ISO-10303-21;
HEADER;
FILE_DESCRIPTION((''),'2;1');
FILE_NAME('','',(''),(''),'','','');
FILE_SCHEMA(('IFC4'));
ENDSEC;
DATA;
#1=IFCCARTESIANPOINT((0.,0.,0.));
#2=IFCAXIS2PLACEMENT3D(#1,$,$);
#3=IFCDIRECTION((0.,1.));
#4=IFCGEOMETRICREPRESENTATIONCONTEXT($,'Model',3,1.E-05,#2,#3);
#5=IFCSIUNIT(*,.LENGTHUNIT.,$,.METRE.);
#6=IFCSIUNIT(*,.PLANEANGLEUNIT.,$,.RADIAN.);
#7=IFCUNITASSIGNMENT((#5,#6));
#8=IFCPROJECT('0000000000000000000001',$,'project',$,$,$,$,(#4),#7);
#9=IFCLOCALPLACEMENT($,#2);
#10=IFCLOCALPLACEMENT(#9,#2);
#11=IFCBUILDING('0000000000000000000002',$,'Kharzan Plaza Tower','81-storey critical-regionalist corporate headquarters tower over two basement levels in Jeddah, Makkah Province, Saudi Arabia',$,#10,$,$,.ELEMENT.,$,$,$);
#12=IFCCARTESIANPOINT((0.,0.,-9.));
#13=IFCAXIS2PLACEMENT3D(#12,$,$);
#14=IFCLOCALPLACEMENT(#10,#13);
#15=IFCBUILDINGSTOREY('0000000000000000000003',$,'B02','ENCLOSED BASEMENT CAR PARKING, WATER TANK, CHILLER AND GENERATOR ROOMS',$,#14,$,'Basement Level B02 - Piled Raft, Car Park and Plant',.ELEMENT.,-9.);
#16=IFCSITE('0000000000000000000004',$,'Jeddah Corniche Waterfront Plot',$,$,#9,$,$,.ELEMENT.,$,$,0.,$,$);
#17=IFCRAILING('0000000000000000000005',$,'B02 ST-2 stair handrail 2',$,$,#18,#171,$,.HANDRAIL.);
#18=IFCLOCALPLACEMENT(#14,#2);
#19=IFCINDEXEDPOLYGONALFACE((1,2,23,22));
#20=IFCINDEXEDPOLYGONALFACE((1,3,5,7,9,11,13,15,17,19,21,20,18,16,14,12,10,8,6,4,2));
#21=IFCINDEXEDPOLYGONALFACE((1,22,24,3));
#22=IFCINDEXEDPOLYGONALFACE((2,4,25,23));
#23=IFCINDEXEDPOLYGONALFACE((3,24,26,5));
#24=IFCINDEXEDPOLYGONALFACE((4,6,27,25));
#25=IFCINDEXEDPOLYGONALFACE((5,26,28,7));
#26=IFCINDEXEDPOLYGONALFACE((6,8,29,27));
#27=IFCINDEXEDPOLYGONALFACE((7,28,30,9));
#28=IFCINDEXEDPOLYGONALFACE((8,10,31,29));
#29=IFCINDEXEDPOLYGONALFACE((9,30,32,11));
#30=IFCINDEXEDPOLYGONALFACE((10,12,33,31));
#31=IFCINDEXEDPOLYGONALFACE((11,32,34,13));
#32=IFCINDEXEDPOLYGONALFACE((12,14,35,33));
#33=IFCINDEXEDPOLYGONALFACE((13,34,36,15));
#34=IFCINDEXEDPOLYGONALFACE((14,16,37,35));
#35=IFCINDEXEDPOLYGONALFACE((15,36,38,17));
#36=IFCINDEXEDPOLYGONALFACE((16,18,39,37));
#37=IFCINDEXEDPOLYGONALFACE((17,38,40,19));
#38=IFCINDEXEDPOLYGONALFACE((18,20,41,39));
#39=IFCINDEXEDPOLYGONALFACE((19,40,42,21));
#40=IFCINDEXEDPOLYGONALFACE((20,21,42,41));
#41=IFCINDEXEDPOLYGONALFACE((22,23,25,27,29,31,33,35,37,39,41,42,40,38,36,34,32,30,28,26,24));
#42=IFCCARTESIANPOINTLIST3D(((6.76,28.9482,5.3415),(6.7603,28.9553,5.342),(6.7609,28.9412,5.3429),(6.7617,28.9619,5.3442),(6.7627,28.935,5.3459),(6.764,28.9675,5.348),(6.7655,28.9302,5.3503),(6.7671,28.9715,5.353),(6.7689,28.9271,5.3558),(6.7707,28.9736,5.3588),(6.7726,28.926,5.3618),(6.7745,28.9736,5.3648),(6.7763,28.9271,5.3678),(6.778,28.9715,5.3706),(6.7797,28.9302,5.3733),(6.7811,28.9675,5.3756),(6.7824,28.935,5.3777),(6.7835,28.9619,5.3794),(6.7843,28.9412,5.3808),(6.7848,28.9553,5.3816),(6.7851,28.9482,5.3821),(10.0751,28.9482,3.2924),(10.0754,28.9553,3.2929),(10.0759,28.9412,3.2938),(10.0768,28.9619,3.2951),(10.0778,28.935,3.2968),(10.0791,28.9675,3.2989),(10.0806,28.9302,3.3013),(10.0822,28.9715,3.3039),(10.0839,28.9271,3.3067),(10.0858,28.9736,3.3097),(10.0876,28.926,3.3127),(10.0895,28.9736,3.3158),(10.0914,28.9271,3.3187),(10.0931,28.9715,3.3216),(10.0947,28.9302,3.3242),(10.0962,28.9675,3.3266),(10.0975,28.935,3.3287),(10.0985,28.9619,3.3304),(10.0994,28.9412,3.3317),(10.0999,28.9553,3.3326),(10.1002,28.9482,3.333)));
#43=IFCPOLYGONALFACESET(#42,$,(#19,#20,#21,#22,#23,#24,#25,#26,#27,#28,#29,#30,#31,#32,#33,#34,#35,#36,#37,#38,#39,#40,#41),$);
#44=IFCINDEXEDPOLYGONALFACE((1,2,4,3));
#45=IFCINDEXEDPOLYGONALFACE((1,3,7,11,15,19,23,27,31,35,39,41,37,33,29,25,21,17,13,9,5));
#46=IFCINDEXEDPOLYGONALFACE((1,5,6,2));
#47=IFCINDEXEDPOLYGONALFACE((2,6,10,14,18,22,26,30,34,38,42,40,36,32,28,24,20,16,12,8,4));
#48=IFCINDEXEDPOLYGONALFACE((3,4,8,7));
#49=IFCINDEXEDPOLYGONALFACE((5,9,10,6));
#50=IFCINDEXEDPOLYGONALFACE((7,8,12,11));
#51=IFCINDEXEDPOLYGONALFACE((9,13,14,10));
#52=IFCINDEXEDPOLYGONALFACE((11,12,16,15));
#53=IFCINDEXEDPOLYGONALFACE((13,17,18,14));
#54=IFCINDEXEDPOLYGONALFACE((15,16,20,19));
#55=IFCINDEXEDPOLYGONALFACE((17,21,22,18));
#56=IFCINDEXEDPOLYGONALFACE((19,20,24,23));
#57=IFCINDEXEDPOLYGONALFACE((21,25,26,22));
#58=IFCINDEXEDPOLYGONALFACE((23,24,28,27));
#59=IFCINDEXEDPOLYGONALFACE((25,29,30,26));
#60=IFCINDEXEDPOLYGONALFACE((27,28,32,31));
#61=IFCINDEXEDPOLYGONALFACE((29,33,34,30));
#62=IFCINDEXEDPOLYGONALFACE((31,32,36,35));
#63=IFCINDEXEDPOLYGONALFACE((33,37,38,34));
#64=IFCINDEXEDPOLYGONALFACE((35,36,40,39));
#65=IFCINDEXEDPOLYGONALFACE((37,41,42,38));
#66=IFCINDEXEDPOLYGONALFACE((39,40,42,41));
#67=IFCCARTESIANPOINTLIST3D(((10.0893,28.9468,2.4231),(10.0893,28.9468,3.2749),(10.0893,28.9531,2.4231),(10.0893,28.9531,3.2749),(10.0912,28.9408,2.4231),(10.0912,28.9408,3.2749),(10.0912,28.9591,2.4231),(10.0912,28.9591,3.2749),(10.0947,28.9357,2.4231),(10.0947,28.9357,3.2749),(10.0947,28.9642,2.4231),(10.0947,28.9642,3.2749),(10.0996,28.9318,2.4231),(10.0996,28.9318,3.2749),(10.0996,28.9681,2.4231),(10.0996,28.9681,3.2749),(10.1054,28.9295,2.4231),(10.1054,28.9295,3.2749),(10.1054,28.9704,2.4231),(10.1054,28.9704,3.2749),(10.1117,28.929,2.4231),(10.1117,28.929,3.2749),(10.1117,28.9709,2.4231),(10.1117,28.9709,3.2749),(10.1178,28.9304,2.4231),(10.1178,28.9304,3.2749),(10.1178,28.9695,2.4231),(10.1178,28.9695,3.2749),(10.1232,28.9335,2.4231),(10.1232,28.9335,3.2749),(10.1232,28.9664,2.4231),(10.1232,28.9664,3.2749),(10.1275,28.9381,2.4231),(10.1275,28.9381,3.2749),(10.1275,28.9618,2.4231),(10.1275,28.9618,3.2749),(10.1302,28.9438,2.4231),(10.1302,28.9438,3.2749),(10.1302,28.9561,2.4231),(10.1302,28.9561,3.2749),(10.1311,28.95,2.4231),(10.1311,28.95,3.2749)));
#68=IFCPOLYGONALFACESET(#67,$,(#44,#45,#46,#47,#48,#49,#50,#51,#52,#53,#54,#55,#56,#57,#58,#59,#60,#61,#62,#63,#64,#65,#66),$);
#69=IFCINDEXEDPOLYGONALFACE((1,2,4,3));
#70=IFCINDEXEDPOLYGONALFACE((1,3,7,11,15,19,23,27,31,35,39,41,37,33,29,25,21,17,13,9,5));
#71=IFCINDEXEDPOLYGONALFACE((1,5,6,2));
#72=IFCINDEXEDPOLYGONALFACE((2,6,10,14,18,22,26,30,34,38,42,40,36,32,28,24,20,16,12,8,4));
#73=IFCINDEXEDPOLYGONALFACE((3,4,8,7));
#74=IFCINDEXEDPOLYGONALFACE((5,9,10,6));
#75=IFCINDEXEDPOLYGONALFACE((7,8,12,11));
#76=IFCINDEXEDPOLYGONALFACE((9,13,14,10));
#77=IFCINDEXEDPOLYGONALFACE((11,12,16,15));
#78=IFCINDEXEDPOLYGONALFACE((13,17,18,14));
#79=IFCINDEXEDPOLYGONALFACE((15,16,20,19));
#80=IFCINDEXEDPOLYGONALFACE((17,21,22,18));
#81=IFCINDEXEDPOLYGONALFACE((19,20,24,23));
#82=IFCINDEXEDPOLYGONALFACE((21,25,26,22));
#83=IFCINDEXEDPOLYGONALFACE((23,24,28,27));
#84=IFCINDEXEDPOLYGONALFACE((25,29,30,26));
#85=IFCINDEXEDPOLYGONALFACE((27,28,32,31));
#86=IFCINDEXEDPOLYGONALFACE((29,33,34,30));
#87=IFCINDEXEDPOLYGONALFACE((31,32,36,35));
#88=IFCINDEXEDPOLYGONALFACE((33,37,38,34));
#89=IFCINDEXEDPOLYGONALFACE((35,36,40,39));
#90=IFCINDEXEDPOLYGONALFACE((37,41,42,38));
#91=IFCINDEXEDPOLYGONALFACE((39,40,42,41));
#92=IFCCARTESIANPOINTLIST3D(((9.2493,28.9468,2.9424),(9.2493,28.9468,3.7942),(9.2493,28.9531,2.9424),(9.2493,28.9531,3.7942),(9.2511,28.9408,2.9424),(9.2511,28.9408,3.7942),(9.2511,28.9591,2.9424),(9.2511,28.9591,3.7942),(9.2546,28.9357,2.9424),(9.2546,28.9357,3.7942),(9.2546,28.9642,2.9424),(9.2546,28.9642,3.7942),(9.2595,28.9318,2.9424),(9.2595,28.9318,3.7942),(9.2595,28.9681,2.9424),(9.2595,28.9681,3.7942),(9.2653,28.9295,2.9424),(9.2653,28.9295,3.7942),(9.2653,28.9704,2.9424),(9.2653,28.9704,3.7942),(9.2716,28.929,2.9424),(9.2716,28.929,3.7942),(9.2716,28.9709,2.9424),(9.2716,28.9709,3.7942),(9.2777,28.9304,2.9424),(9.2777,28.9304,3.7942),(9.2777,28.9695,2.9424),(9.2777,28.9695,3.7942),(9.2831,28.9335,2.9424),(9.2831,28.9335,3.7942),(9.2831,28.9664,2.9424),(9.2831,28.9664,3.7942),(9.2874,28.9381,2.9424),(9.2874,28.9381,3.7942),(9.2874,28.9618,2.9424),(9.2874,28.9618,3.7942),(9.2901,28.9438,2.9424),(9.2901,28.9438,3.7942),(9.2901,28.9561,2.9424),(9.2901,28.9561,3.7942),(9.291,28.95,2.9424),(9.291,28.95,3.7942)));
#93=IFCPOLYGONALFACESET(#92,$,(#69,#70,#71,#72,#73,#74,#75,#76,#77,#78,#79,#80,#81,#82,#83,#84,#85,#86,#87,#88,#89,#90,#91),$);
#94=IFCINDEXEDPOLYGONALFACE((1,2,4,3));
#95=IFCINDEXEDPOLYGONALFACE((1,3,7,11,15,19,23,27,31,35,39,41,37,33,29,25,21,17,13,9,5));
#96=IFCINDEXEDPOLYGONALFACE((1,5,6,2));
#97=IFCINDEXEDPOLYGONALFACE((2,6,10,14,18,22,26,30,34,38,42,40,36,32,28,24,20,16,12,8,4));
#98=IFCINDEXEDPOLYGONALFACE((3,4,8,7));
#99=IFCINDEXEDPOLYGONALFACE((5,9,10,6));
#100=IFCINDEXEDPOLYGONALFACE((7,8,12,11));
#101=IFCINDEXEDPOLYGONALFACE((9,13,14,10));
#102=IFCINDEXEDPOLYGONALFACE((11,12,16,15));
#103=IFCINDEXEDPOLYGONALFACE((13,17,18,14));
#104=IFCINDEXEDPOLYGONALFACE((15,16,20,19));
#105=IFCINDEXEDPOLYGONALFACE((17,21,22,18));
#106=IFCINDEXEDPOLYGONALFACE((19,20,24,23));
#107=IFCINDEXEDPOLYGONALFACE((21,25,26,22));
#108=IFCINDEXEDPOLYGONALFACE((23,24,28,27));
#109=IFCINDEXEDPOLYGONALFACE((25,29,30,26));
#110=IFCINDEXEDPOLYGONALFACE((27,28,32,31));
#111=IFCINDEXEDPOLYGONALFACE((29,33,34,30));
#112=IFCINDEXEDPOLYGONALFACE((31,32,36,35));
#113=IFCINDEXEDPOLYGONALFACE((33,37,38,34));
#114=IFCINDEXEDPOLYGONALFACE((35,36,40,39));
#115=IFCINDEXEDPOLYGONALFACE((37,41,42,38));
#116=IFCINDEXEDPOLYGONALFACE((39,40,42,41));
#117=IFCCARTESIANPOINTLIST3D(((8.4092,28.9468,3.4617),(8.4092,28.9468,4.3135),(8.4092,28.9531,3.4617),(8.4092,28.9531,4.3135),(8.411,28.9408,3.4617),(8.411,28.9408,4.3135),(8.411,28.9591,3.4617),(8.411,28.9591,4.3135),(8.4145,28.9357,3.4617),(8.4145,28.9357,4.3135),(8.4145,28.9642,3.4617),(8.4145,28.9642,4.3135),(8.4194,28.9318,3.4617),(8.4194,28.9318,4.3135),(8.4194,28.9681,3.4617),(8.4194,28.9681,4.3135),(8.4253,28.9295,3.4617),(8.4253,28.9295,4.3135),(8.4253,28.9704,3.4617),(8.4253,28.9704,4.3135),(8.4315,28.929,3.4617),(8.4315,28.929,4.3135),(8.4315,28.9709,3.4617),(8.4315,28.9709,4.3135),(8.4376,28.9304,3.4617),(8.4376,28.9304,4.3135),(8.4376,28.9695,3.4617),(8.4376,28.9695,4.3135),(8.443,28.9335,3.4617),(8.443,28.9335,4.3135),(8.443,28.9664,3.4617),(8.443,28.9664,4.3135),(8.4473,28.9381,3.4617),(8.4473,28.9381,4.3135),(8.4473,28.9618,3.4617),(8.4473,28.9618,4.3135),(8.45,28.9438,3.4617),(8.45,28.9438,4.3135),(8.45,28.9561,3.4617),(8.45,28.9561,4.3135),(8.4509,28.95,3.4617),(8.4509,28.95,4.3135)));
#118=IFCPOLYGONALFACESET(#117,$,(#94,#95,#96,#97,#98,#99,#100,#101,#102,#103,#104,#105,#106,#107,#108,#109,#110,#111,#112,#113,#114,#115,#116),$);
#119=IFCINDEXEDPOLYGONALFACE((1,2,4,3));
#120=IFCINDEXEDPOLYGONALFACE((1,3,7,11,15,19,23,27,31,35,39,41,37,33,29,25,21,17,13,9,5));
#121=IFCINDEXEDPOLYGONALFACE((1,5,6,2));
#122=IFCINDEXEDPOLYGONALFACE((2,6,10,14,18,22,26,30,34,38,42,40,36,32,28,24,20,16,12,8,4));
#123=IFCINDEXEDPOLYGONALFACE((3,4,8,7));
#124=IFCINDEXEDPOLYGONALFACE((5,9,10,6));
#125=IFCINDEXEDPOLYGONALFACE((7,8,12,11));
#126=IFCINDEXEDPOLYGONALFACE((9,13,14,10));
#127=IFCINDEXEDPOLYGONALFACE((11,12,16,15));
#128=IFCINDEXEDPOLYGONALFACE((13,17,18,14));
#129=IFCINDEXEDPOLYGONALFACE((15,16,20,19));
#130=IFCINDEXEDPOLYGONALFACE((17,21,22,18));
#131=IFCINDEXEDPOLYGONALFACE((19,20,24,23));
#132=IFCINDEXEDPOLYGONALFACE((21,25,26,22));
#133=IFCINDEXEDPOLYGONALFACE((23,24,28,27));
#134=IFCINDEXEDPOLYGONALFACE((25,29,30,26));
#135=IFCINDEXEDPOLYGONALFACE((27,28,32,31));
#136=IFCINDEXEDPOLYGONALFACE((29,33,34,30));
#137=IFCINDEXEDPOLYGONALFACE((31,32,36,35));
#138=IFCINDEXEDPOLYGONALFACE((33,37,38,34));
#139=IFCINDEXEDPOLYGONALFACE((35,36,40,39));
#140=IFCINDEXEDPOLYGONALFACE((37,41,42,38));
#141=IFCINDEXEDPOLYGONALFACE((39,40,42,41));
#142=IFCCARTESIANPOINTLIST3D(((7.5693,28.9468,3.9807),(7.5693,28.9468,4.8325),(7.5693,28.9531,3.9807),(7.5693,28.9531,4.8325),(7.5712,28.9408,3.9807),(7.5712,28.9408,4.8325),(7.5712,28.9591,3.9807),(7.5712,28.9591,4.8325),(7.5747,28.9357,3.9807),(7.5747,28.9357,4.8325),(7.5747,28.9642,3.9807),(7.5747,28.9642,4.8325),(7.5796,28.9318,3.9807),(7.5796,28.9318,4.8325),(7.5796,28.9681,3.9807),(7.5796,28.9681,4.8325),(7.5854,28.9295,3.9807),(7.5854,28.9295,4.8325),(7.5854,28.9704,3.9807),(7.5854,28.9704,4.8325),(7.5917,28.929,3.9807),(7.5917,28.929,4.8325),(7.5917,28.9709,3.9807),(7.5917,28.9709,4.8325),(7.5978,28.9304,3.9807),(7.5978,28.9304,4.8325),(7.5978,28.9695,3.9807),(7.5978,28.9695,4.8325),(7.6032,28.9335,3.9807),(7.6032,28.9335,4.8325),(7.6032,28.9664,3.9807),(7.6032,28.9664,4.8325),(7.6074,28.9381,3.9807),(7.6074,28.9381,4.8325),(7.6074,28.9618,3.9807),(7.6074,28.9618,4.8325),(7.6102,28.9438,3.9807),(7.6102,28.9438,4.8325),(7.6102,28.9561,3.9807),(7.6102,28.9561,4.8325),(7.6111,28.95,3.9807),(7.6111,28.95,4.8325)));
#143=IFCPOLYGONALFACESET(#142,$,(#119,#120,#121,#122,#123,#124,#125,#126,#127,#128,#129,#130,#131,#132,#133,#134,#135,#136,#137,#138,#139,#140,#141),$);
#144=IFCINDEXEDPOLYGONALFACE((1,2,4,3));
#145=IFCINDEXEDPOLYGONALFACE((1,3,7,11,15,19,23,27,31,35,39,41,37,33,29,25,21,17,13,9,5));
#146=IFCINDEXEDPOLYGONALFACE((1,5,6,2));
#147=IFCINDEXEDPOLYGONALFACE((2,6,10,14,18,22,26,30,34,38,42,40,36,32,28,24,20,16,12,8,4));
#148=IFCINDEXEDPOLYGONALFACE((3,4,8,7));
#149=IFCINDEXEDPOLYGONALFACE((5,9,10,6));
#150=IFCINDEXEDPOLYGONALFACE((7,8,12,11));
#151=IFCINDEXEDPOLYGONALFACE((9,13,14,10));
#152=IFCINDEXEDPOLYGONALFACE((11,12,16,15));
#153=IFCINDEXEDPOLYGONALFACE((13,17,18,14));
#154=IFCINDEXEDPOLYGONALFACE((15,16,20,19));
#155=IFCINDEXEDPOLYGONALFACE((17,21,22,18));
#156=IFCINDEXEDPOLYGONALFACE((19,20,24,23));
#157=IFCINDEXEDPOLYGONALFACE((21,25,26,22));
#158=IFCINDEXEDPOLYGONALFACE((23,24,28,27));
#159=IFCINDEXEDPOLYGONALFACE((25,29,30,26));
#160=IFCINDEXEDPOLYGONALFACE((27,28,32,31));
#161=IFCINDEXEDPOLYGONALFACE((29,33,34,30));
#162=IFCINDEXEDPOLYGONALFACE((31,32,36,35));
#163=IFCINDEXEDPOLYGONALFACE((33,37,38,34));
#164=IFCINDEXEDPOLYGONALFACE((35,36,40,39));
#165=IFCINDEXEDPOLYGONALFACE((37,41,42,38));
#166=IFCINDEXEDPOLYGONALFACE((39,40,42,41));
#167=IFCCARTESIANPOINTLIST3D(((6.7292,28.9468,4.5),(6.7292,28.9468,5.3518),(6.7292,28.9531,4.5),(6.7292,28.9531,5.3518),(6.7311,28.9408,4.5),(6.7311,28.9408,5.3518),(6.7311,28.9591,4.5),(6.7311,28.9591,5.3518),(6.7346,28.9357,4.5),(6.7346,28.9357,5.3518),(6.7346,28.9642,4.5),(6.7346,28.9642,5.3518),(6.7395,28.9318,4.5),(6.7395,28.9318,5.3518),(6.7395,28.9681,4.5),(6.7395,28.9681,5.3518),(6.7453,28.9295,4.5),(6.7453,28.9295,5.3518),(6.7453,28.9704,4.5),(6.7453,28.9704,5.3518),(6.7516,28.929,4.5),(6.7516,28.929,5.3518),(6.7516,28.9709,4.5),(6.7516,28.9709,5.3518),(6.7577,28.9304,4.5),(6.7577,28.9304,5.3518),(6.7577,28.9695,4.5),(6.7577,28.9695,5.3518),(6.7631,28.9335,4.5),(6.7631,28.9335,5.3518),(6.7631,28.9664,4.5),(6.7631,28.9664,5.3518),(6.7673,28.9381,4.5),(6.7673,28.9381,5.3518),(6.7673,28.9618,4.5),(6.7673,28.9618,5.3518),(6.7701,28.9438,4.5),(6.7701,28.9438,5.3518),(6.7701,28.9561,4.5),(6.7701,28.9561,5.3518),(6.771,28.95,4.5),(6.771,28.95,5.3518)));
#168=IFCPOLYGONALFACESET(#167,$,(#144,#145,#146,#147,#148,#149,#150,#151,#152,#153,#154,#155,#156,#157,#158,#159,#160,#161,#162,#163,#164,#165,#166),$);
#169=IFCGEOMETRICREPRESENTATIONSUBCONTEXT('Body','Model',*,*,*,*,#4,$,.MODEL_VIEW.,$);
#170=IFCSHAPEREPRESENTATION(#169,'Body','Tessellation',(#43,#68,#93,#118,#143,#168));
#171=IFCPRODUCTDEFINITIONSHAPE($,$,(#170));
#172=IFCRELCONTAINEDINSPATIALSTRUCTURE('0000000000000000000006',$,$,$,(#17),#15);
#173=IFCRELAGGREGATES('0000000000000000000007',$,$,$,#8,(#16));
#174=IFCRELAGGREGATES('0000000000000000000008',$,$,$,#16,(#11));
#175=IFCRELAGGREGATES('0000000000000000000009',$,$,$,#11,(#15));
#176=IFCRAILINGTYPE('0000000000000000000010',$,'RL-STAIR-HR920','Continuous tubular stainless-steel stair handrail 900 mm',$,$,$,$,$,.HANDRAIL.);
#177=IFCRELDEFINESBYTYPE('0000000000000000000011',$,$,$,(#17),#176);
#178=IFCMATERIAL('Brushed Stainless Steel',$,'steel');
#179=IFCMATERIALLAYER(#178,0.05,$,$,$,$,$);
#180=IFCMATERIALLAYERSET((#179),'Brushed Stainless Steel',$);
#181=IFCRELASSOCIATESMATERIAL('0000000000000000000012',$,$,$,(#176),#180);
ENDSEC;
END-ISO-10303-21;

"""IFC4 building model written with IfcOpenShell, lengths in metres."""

from ifc_helpers import new_model, si_unit, direction, frame, origin, origin_2d, place, context, subcontext, project, spatial, circle, extrude, source, transform, mapped, material, layer, layer_set, type_object, element, save


model = new_model("IFC4")

# Units and contexts
model_context = context("Model", 3, precision=1e-05, world=origin(), true_north=direction((0.0, 1.0)))
body_context = subcontext(model_context, "Body", "Model", "MODEL_VIEW")
ifc_project = project(units=[si_unit("LENGTHUNIT", "METRE"), si_unit("PLANEANGLEUNIT", "RADIAN")], contexts=[model_context])

# Site, building, storey
site_placement = place(None, origin())
site = spatial("IfcSite", under=ifc_project, at=site_placement, Name="Jeddah Corniche Waterfront Plot", CompositionType="ELEMENT", RefElevation=0.0)
building_placement = place(site_placement, origin())
building = spatial("IfcBuilding", under=site, at=building_placement, Name="Kharzan Plaza Tower", Description="81-storey critical-regionalist corporate headquarters tower over two basement levels in Jeddah, Makkah Province, Saudi Arabia", CompositionType="ELEMENT")
storey_placement = place(building_placement, frame((0.0, 0.0, -9.0)))
storey = spatial("IfcBuildingStorey", under=building, at=storey_placement, Name="B02", Description="ENCLOSED BASEMENT CAR PARKING, WATER TANK, CHILLER AND GENERATOR ROOMS", LongName="Basement Level B02 - Piled Raft, Car Park and Plant", CompositionType="ELEMENT", Elevation=-9.0)

# Railing
ifc_material_1 = material(Name="Brushed Stainless Steel", Category="steel")
ifc_layer_1 = layer(ifc_material_1, 0.05)
ifc_layer_set_1 = layer_set([ifc_layer_1], Name="Brushed Stainless Steel")
railing_type_1 = type_object("IfcRailingType", Name="RL-STAIR-HR920", Description="Continuous tubular stainless-steel stair handrail 900 mm", PredefinedType="HANDRAIL", material=ifc_layer_set_1)
shared_shape_1 = source(origin(), body_context, "Body", "SweptSolid", [
    extrude(circle(Radius=0.0239, at=origin_2d()), frame((-0.0225, 0.0, 0.8896), z_axis=(-0.850623, 0.0, 0.525776), x_axis=(0.0, -1.0, 0.0)), (0.0, 0.0, 1.0), 3.8972),
    extrude(circle(Radius=0.021, at=origin_2d()), origin(), (0.0, 0.0, 1.0), 0.8518),
    extrude(circle(Radius=0.021, at=origin_2d()), frame((-0.8401, 0.0, 0.5193)), (0.0, 0.0, 1.0), 0.8518),
    extrude(circle(Radius=0.021, at=origin_2d()), frame((-1.6802, 0.0, 1.0386)), (0.0, 0.0, 1.0), 0.8518),
    extrude(circle(Radius=0.021, at=origin_2d()), frame((-2.52, 0.0, 1.5576)), (0.0, 0.0, 1.0), 0.8518),
    extrude(circle(Radius=0.021, at=origin_2d()), frame((-3.3601, 0.0, 2.0769)), (0.0, 0.0, 1.0), 0.8518),
])
railing_1_placement = place(storey_placement, frame((10.1101, 28.95, 2.4231)))
element("IfcRailing", 1, at=railing_1_placement, inside=storey, type_object=railing_type_1, Name="B02 ST-2 stair handrail 2", PredefinedType="HANDRAIL", context=body_context, shape_type="MappedRepresentation", body=[
    mapped(shared_shape_1, transform((0.0, 0.0, 0.0), x_axis=(1.0, 0.0, 0.0), y_axis=(0.0, 1.0, 0.0), z_axis=(0.0, 0.0, 1.0))),
])

save(model, "model.ifc")
